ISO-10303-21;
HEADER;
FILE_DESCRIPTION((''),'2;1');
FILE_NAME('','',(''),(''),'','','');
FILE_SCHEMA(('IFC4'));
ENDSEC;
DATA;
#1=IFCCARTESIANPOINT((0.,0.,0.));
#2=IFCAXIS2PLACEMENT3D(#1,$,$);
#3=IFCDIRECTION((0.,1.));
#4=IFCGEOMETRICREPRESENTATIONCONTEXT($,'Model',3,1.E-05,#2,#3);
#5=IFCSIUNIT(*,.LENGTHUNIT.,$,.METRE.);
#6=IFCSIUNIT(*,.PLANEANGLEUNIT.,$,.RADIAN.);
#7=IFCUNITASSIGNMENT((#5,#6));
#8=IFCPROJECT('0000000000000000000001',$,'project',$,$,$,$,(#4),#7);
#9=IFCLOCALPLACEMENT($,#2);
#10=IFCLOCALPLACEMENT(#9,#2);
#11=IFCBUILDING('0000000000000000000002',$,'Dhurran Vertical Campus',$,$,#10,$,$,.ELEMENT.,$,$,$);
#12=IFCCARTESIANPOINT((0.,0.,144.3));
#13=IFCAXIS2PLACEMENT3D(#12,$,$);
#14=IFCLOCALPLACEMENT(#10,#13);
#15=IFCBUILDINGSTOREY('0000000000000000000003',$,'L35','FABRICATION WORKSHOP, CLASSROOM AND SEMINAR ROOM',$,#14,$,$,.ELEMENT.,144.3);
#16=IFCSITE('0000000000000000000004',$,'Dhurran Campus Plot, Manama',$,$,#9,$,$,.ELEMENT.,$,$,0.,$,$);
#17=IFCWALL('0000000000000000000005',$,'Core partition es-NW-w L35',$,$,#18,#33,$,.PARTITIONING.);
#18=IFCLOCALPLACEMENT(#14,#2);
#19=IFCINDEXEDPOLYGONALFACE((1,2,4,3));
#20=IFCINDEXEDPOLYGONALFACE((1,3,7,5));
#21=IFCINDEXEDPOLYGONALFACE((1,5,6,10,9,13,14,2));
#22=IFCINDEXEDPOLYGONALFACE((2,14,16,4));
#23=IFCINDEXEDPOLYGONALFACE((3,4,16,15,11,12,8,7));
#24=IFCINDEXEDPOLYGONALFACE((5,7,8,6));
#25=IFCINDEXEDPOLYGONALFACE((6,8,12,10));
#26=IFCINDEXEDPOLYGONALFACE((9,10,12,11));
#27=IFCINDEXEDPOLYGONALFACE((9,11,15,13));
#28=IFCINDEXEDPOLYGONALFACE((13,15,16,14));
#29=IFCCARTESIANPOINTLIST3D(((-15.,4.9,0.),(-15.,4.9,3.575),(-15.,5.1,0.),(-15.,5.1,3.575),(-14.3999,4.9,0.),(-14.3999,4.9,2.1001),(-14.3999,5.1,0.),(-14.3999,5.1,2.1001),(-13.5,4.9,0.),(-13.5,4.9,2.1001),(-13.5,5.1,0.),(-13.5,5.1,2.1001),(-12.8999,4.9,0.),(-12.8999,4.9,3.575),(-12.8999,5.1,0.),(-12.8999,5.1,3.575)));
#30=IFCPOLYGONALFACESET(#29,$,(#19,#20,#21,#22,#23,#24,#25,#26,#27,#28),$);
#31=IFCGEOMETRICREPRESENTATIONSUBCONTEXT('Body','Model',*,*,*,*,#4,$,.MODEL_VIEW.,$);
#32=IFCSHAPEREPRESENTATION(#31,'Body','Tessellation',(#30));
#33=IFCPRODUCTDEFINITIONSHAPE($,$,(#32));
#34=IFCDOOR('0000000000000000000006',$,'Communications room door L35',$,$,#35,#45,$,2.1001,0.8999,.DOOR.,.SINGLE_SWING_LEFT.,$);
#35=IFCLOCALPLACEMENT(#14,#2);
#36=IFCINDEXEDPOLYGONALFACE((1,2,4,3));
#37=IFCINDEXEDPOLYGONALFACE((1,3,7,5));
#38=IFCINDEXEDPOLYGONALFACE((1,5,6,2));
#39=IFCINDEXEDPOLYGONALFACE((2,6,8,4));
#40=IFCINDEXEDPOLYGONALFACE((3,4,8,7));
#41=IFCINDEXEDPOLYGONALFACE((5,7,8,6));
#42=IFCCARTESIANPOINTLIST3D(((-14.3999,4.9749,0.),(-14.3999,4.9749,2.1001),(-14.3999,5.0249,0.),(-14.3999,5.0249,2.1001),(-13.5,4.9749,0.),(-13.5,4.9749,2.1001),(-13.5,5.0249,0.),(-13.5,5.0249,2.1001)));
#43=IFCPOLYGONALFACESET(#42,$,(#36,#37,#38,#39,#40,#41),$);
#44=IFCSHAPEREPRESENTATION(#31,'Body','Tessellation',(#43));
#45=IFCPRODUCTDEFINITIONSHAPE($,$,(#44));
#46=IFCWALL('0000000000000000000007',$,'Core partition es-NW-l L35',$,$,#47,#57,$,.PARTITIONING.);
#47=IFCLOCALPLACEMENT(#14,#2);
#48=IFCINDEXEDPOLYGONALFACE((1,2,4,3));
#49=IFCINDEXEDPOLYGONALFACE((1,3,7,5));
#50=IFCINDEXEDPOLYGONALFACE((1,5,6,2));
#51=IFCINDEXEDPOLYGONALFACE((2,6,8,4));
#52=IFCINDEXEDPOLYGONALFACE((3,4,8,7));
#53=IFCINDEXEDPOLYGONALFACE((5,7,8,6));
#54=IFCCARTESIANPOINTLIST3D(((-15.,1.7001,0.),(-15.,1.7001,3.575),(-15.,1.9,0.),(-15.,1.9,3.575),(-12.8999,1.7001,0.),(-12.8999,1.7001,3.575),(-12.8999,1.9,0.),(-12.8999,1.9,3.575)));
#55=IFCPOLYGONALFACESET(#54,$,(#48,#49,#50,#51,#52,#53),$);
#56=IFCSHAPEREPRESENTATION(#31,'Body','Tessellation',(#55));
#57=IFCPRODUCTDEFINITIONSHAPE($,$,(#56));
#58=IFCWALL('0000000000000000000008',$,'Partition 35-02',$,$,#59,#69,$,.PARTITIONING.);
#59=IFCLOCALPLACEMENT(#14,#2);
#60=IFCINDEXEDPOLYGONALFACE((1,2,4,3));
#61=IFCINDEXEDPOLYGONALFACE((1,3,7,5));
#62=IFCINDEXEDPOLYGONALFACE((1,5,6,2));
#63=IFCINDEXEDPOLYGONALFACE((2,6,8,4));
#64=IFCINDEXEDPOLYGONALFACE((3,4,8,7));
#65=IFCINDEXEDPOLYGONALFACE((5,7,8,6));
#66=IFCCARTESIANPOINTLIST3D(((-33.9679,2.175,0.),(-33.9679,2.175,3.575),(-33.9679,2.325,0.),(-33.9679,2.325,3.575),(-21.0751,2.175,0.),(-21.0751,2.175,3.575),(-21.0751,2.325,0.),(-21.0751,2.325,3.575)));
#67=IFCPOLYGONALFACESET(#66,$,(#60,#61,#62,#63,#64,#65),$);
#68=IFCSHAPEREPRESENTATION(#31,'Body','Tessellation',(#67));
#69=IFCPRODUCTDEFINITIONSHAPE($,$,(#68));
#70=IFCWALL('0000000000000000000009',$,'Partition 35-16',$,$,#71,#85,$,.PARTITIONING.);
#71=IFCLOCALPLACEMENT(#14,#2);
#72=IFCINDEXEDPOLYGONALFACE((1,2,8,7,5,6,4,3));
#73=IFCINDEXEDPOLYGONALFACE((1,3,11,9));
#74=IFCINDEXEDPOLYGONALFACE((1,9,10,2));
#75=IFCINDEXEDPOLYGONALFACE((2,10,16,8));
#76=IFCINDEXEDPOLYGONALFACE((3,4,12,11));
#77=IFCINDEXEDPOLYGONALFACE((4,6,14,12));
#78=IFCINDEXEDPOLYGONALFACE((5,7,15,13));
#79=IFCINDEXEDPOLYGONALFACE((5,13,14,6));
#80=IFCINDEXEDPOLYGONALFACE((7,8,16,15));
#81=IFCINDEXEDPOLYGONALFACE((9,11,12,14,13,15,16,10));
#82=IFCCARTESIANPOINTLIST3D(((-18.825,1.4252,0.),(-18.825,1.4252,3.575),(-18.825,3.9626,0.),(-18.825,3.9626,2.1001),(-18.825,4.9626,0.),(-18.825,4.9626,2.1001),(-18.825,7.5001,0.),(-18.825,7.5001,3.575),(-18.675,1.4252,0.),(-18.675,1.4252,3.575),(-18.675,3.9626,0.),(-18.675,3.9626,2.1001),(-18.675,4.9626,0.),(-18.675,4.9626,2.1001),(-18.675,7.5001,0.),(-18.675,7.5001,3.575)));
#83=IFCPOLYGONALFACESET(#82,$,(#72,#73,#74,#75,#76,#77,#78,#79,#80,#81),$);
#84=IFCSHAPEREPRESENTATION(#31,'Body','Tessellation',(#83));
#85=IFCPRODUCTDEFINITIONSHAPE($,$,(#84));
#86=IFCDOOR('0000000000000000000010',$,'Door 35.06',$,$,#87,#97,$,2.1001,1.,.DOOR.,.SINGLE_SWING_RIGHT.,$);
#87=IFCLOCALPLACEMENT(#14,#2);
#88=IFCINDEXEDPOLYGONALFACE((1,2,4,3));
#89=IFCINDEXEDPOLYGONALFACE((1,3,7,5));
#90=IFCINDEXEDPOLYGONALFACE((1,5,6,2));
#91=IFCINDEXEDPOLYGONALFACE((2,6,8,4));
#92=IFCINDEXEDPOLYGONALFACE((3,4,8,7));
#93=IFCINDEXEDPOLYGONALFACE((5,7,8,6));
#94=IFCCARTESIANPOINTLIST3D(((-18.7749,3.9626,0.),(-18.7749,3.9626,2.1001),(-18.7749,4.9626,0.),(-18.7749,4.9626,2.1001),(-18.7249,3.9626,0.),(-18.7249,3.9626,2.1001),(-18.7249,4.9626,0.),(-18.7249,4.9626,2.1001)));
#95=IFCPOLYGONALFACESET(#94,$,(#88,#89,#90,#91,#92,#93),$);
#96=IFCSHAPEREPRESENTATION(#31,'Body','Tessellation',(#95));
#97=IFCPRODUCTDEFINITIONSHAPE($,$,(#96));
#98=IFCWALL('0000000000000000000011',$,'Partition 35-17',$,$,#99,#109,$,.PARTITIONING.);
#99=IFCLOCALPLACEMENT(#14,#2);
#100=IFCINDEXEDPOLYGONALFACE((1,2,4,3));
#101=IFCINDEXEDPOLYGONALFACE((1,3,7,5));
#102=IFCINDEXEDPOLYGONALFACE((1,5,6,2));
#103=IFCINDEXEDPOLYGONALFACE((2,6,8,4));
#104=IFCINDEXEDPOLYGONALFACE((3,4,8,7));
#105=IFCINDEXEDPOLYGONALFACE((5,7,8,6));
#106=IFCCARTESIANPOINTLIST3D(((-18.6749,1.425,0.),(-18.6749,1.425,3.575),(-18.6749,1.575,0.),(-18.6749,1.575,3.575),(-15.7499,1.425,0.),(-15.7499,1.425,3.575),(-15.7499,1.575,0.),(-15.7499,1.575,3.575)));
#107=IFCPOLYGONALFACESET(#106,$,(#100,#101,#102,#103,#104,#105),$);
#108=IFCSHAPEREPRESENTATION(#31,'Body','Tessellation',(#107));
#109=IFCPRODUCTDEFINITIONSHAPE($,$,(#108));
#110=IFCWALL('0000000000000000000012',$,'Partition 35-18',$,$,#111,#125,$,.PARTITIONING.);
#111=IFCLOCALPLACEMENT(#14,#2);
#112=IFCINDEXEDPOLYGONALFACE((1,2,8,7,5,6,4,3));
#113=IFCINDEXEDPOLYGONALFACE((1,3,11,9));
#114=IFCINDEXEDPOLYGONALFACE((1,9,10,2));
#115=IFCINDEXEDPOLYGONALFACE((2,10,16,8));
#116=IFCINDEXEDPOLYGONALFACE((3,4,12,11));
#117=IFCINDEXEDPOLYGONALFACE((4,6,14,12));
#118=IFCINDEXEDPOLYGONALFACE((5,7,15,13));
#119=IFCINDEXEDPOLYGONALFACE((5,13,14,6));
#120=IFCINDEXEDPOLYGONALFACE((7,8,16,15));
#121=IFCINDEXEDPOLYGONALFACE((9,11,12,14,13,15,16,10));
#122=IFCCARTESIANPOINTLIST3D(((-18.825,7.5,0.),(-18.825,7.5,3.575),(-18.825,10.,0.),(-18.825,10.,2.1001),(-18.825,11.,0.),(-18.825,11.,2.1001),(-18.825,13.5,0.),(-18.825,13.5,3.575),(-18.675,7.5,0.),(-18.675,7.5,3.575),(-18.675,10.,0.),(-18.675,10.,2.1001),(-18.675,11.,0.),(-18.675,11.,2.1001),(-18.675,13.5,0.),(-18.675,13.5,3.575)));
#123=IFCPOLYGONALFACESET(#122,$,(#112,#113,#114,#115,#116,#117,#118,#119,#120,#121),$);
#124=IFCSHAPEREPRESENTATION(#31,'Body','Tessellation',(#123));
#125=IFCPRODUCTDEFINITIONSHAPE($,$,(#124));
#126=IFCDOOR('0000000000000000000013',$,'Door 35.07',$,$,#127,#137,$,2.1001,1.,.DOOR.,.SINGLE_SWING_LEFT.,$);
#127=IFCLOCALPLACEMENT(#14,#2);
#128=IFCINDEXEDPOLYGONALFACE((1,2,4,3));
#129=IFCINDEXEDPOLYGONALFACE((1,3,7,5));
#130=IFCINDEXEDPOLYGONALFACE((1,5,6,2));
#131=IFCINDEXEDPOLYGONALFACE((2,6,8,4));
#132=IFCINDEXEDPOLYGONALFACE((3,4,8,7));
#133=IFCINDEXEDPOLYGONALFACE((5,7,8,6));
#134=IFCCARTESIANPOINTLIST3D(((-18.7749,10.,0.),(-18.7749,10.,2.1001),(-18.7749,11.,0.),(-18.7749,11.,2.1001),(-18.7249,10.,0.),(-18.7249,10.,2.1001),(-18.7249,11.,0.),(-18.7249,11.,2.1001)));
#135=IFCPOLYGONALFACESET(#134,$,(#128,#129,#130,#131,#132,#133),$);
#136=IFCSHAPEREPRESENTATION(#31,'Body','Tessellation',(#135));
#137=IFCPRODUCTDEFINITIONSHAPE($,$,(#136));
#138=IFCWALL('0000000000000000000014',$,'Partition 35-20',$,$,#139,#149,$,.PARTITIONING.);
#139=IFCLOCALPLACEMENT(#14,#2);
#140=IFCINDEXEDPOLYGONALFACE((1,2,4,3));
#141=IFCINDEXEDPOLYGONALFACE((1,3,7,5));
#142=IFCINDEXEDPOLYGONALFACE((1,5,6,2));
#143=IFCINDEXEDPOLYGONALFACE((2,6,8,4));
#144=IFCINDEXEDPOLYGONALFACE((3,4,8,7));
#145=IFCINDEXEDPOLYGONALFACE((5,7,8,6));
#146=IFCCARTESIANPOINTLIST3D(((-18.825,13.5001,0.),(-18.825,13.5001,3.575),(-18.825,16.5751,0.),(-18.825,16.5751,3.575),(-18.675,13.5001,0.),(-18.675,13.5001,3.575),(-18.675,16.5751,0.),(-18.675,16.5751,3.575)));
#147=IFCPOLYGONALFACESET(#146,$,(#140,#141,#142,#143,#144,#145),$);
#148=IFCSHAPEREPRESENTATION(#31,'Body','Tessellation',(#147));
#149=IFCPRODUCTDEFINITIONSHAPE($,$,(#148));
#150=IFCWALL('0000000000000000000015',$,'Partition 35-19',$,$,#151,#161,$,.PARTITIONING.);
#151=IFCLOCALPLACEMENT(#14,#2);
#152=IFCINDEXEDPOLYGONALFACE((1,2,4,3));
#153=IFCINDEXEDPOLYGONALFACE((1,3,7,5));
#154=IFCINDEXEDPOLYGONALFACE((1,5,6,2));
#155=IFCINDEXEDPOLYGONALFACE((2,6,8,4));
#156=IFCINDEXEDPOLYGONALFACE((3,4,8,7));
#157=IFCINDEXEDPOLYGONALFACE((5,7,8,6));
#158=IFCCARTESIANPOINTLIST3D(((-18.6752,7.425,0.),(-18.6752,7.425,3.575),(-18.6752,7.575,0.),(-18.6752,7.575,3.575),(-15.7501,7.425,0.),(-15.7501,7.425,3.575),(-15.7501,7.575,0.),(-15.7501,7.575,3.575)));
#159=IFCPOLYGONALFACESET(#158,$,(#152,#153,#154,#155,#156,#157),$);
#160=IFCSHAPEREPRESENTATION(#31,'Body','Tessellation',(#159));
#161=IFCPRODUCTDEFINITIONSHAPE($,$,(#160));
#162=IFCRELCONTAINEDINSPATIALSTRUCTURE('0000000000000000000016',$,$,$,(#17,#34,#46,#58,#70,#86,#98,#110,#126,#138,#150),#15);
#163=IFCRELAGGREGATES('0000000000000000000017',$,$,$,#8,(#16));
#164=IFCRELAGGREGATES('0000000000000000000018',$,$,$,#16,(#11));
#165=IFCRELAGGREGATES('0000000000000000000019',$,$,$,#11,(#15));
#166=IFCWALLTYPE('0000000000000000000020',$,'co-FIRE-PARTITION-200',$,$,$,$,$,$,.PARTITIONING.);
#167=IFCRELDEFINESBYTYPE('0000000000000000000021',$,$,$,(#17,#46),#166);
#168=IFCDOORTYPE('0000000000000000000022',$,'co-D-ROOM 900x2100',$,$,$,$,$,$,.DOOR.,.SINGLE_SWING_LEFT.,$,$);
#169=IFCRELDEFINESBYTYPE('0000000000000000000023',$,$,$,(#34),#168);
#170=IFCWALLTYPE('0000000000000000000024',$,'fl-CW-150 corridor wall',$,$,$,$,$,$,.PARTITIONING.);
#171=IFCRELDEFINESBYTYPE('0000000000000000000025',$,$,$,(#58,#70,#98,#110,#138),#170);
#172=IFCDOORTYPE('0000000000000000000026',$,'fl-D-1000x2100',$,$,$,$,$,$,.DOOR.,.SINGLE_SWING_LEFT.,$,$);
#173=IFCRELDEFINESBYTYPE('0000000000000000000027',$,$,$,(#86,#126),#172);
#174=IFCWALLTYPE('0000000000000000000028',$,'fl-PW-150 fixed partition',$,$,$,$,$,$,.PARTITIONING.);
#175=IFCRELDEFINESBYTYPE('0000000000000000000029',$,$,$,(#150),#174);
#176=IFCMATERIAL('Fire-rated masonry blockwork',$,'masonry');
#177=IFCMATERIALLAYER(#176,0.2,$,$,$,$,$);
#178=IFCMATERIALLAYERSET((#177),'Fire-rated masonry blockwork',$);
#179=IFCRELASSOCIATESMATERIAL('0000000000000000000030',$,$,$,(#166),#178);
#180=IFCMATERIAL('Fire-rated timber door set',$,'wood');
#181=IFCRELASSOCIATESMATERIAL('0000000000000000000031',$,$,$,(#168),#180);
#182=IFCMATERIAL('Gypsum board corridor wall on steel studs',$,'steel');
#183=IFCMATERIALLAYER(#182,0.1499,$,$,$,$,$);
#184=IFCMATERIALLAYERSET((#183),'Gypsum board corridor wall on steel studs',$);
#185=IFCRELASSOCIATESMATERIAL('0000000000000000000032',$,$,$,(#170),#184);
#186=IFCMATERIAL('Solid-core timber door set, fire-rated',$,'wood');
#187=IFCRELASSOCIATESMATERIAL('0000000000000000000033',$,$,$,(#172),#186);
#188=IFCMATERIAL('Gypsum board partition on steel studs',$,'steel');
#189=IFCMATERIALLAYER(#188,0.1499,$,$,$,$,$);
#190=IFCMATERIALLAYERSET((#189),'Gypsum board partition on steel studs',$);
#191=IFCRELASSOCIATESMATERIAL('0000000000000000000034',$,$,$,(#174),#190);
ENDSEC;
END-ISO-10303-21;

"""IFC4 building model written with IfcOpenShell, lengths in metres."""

from ifc_helpers import new_model, si_unit, direction, frame, frame_2d, origin, place, context, subcontext, project, spatial, rectangle, extrude, material, layer, layer_set, type_object, element, fill, save


model = new_model("IFC4")

# Units and contexts
model_context = context("Model", 3, precision=1e-05, world=origin(), true_north=direction((0.0, 1.0)))
body_context = subcontext(model_context, "Body", "Model", "MODEL_VIEW")
ifc_project = project(units=[si_unit("LENGTHUNIT", "METRE"), si_unit("PLANEANGLEUNIT", "RADIAN")], contexts=[model_context])

# Site, building, storey
site_placement = place(None, origin())
site = spatial("IfcSite", under=ifc_project, at=site_placement, Name="Dhurran Campus Plot, Manama", CompositionType="ELEMENT", RefElevation=0.0)
building_placement = place(site_placement, origin())
building = spatial("IfcBuilding", under=site, at=building_placement, Name="Dhurran Vertical Campus", CompositionType="ELEMENT")
storey_placement = place(building_placement, frame((0.0, 0.0, 144.3)))
storey = spatial("IfcBuildingStorey", under=building, at=storey_placement, Name="L35", Description="FABRICATION WORKSHOP, CLASSROOM AND SEMINAR ROOM", CompositionType="ELEMENT", Elevation=144.3)

# Wall, opening, door
ifc_material_1 = material(Name="Fire-rated masonry blockwork", Category="masonry")
ifc_layer_1 = layer(ifc_material_1, 0.2)
ifc_layer_set_1 = layer_set([ifc_layer_1], Name="Fire-rated masonry blockwork")
wall_type_1 = type_object("IfcWallType", Name="co-FIRE-PARTITION-200", PredefinedType="PARTITIONING", material=ifc_layer_set_1)
ifc_material_2 = material(Name="Fire-rated timber door set", Category="wood")
door_type_1 = type_object("IfcDoorType", Name="co-D-ROOM 900x2100", OperationType="SINGLE_SWING_LEFT", PredefinedType="DOOR", material=ifc_material_2)
wall_1_placement = place(storey_placement, frame((-15.0, 5.0, 0.0), z_axis=(0.0, 0.0, 1.0), x_axis=(1.0, 0.0, 0.0)))
wall_1 = element("IfcWall", 1, at=wall_1_placement, inside=storey, type_object=wall_type_1, Name="Core partition es-NW-w L35", PredefinedType="PARTITIONING", context=body_context, shape_type="SweptSolid", body=[
    extrude(rectangle(XDim=2.1001, YDim=0.2, at=frame_2d((1.05, 0.0))), origin(), (0.0, 0.0, 1.0), 3.575),
])
opening_1_placement = place(wall_1_placement, frame((0.6001, 0.0, 0.0)))
opening_1 = element("IfcOpeningElement", 2, at=opening_1_placement, cuts=wall_1, PredefinedType="OPENING", context=body_context, shape_type="SweptSolid", body=[
    extrude(rectangle(XDim=0.8999, YDim=2.1001, at=frame_2d((0.45, 1.05))), frame((0.0, 0.1099, 0.0), z_axis=(0.0, -1.0, 0.0), x_axis=(1.0, 0.0, 0.0)), (0.0, 0.0, 1.0), 0.22),
])
door_1_placement = place(opening_1_placement, origin())
door_1 = element("IfcDoor", 3, at=door_1_placement, inside=storey, type_object=door_type_1, Name="Communications room door L35", OperationType="SINGLE_SWING_LEFT", OverallHeight=2.1001, OverallWidth=0.8999, PredefinedType="DOOR", context=body_context, shape_type="SweptSolid", body=[
    extrude(rectangle(XDim=0.8999, YDim=2.1001, at=frame_2d((0.45, 1.05))), frame((0.0, 0.0249, 0.0), z_axis=(0.0, -1.0, 0.0), x_axis=(1.0, 0.0, 0.0)), (0.0, 0.0, 1.0), 0.05),
])
fill(opening_1, door_1)

# Walls
wall_2_placement = place(storey_placement, frame((-15.0, 1.8, 0.0), z_axis=(0.0, 0.0, 1.0), x_axis=(1.0, 0.0, 0.0)))
element("IfcWall", 4, at=wall_2_placement, inside=storey, type_object=wall_type_1, Name="Core partition es-NW-l L35", PredefinedType="PARTITIONING", context=body_context, shape_type="SweptSolid", body=[
    extrude(rectangle(XDim=2.1001, YDim=0.2, at=frame_2d((1.05, 0.0))), origin(), (0.0, 0.0, 1.0), 3.575),
])
ifc_material_3 = material(Name="Gypsum board corridor wall on steel studs", Category="steel")
ifc_layer_2 = layer(ifc_material_3, 0.1499)
ifc_layer_set_2 = layer_set([ifc_layer_2], Name="Gypsum board corridor wall on steel studs")
wall_type_2 = type_object("IfcWallType", Name="fl-CW-150 corridor wall", PredefinedType="PARTITIONING", material=ifc_layer_set_2)
wall_3_placement = place(storey_placement, frame((-33.9678, 2.25, 0.0), z_axis=(0.0, 0.0, 1.0), x_axis=(1.0, 0.0, 0.0)))
element("IfcWall", 5, at=wall_3_placement, inside=storey, type_object=wall_type_2, Name="Partition 35-02", PredefinedType="PARTITIONING", context=body_context, shape_type="SweptSolid", body=[
    extrude(rectangle(XDim=12.8928, YDim=0.1499, at=frame_2d((6.4463, 0.0))), origin(), (0.0, 0.0, 1.0), 3.575),
])

# Wall, opening, door
wall_4_placement = place(storey_placement, frame((-18.75, 1.425, 0.0), z_axis=(0.0, 0.0, 1.0), x_axis=(0.0, 1.0, 0.0)))
wall_4 = element("IfcWall", 6, at=wall_4_placement, inside=storey, type_object=wall_type_2, Name="Partition 35-16", PredefinedType="PARTITIONING", context=body_context, shape_type="SweptSolid", body=[
    extrude(rectangle(XDim=6.075, YDim=0.1499, at=frame_2d((3.0376, 0.0))), origin(), (0.0, 0.0, 1.0), 3.575),
])
opening_2_placement = place(wall_4_placement, frame((2.5376, 0.0, 0.0)))
opening_2 = element("IfcOpeningElement", 7, at=opening_2_placement, cuts=wall_4, PredefinedType="OPENING", context=body_context, shape_type="SweptSolid", body=[
    extrude(rectangle(XDim=1.0, YDim=2.1001, at=frame_2d((0.5, 1.05))), frame((0.0, 0.085, 0.0), z_axis=(0.0, -1.0, 0.0), x_axis=(1.0, 0.0, 0.0)), (0.0, 0.0, 1.0), 0.1699),
])
ifc_material_4 = material(Name="Solid-core timber door set, fire-rated", Category="wood")
door_type_2 = type_object("IfcDoorType", Name="fl-D-1000x2100", OperationType="SINGLE_SWING_LEFT", PredefinedType="DOOR", material=ifc_material_4)
door_2_placement = place(opening_2_placement, origin())
door_2 = element("IfcDoor", 8, at=door_2_placement, inside=storey, type_object=door_type_2, Name="Door 35.06", OperationType="SINGLE_SWING_RIGHT", OverallHeight=2.1001, OverallWidth=1.0, PredefinedType="DOOR", context=body_context, shape_type="SweptSolid", body=[
    extrude(rectangle(XDim=1.0, YDim=2.1001, at=frame_2d((0.5, 1.05))), frame((0.0, 0.0249, 0.0), z_axis=(0.0, -1.0, 0.0), x_axis=(1.0, 0.0, 0.0)), (0.0, 0.0, 1.0), 0.05),
])
fill(opening_2, door_2)

# Wall
wall_5_placement = place(storey_placement, frame((-15.75, 1.5, 0.0), z_axis=(0.0, 0.0, 1.0), x_axis=(-1.0, 0.0, 0.0)))
element("IfcWall", 9, at=wall_5_placement, inside=storey, type_object=wall_type_2, Name="Partition 35-17", PredefinedType="PARTITIONING", context=body_context, shape_type="SweptSolid", body=[
    extrude(rectangle(XDim=2.925, YDim=0.1499, at=frame_2d((1.4624, 0.0))), origin(), (0.0, 0.0, 1.0), 3.575),
])

# Wall, opening, door
wall_6_placement = place(storey_placement, frame((-18.75, 7.5, 0.0), z_axis=(0.0, 0.0, 1.0), x_axis=(0.0, 1.0, 0.0)))
wall_6 = element("IfcWall", 10, at=wall_6_placement, inside=storey, type_object=wall_type_2, Name="Partition 35-18", PredefinedType="PARTITIONING", context=body_context, shape_type="SweptSolid", body=[
    extrude(rectangle(XDim=6.0, YDim=0.1499, at=frame_2d((3.0, 0.0))), origin(), (0.0, 0.0, 1.0), 3.575),
])
opening_3_placement = place(wall_6_placement, frame((2.5, 0.0, 0.0)))
opening_3 = element("IfcOpeningElement", 11, at=opening_3_placement, cuts=wall_6, PredefinedType="OPENING", context=body_context, shape_type="SweptSolid", body=[
    extrude(rectangle(XDim=1.0, YDim=2.1001, at=frame_2d((0.5, 1.05))), frame((0.0, 0.085, 0.0), z_axis=(0.0, -1.0, 0.0), x_axis=(1.0, 0.0, 0.0)), (0.0, 0.0, 1.0), 0.1699),
])
door_3_placement = place(opening_3_placement, origin())
door_3 = element("IfcDoor", 12, at=door_3_placement, inside=storey, type_object=door_type_2, Name="Door 35.07", OperationType="SINGLE_SWING_LEFT", OverallHeight=2.1001, OverallWidth=1.0, PredefinedType="DOOR", context=body_context, shape_type="SweptSolid", body=[
    extrude(rectangle(XDim=1.0, YDim=2.1001, at=frame_2d((0.5, 1.05))), frame((0.0, 0.0249, 0.0), z_axis=(0.0, -1.0, 0.0), x_axis=(1.0, 0.0, 0.0)), (0.0, 0.0, 1.0), 0.05),
])
fill(opening_3, door_3)

# Walls
wall_7_placement = place(storey_placement, frame((-18.75, 13.5, 0.0), z_axis=(0.0, 0.0, 1.0), x_axis=(0.0, 1.0, 0.0)))
element("IfcWall", 13, at=wall_7_placement, inside=storey, type_object=wall_type_2, Name="Partition 35-20", PredefinedType="PARTITIONING", context=body_context, shape_type="SweptSolid", body=[
    extrude(rectangle(XDim=3.075, YDim=0.1499, at=frame_2d((1.5376, 0.0))), origin(), (0.0, 0.0, 1.0), 3.575),
])
ifc_material_5 = material(Name="Gypsum board partition on steel studs", Category="steel")
ifc_layer_3 = layer(ifc_material_5, 0.1499)
ifc_layer_set_3 = layer_set([ifc_layer_3], Name="Gypsum board partition on steel studs")
wall_type_3 = type_object("IfcWallType", Name="fl-PW-150 fixed partition", PredefinedType="PARTITIONING", material=ifc_layer_set_3)
wall_8_placement = place(storey_placement, frame((-18.675, 7.5, 0.0), z_axis=(0.0, 0.0, 1.0), x_axis=(1.0, 0.0, 0.0)))
element("IfcWall", 14, at=wall_8_placement, inside=storey, type_object=wall_type_3, Name="Partition 35-19", PredefinedType="PARTITIONING", context=body_context, shape_type="SweptSolid", body=[
    extrude(rectangle(XDim=2.925, YDim=0.1499, at=frame_2d((1.4624, 0.0))), origin(), (0.0, 0.0, 1.0), 3.575),
])

save(model, "model.ifc")
